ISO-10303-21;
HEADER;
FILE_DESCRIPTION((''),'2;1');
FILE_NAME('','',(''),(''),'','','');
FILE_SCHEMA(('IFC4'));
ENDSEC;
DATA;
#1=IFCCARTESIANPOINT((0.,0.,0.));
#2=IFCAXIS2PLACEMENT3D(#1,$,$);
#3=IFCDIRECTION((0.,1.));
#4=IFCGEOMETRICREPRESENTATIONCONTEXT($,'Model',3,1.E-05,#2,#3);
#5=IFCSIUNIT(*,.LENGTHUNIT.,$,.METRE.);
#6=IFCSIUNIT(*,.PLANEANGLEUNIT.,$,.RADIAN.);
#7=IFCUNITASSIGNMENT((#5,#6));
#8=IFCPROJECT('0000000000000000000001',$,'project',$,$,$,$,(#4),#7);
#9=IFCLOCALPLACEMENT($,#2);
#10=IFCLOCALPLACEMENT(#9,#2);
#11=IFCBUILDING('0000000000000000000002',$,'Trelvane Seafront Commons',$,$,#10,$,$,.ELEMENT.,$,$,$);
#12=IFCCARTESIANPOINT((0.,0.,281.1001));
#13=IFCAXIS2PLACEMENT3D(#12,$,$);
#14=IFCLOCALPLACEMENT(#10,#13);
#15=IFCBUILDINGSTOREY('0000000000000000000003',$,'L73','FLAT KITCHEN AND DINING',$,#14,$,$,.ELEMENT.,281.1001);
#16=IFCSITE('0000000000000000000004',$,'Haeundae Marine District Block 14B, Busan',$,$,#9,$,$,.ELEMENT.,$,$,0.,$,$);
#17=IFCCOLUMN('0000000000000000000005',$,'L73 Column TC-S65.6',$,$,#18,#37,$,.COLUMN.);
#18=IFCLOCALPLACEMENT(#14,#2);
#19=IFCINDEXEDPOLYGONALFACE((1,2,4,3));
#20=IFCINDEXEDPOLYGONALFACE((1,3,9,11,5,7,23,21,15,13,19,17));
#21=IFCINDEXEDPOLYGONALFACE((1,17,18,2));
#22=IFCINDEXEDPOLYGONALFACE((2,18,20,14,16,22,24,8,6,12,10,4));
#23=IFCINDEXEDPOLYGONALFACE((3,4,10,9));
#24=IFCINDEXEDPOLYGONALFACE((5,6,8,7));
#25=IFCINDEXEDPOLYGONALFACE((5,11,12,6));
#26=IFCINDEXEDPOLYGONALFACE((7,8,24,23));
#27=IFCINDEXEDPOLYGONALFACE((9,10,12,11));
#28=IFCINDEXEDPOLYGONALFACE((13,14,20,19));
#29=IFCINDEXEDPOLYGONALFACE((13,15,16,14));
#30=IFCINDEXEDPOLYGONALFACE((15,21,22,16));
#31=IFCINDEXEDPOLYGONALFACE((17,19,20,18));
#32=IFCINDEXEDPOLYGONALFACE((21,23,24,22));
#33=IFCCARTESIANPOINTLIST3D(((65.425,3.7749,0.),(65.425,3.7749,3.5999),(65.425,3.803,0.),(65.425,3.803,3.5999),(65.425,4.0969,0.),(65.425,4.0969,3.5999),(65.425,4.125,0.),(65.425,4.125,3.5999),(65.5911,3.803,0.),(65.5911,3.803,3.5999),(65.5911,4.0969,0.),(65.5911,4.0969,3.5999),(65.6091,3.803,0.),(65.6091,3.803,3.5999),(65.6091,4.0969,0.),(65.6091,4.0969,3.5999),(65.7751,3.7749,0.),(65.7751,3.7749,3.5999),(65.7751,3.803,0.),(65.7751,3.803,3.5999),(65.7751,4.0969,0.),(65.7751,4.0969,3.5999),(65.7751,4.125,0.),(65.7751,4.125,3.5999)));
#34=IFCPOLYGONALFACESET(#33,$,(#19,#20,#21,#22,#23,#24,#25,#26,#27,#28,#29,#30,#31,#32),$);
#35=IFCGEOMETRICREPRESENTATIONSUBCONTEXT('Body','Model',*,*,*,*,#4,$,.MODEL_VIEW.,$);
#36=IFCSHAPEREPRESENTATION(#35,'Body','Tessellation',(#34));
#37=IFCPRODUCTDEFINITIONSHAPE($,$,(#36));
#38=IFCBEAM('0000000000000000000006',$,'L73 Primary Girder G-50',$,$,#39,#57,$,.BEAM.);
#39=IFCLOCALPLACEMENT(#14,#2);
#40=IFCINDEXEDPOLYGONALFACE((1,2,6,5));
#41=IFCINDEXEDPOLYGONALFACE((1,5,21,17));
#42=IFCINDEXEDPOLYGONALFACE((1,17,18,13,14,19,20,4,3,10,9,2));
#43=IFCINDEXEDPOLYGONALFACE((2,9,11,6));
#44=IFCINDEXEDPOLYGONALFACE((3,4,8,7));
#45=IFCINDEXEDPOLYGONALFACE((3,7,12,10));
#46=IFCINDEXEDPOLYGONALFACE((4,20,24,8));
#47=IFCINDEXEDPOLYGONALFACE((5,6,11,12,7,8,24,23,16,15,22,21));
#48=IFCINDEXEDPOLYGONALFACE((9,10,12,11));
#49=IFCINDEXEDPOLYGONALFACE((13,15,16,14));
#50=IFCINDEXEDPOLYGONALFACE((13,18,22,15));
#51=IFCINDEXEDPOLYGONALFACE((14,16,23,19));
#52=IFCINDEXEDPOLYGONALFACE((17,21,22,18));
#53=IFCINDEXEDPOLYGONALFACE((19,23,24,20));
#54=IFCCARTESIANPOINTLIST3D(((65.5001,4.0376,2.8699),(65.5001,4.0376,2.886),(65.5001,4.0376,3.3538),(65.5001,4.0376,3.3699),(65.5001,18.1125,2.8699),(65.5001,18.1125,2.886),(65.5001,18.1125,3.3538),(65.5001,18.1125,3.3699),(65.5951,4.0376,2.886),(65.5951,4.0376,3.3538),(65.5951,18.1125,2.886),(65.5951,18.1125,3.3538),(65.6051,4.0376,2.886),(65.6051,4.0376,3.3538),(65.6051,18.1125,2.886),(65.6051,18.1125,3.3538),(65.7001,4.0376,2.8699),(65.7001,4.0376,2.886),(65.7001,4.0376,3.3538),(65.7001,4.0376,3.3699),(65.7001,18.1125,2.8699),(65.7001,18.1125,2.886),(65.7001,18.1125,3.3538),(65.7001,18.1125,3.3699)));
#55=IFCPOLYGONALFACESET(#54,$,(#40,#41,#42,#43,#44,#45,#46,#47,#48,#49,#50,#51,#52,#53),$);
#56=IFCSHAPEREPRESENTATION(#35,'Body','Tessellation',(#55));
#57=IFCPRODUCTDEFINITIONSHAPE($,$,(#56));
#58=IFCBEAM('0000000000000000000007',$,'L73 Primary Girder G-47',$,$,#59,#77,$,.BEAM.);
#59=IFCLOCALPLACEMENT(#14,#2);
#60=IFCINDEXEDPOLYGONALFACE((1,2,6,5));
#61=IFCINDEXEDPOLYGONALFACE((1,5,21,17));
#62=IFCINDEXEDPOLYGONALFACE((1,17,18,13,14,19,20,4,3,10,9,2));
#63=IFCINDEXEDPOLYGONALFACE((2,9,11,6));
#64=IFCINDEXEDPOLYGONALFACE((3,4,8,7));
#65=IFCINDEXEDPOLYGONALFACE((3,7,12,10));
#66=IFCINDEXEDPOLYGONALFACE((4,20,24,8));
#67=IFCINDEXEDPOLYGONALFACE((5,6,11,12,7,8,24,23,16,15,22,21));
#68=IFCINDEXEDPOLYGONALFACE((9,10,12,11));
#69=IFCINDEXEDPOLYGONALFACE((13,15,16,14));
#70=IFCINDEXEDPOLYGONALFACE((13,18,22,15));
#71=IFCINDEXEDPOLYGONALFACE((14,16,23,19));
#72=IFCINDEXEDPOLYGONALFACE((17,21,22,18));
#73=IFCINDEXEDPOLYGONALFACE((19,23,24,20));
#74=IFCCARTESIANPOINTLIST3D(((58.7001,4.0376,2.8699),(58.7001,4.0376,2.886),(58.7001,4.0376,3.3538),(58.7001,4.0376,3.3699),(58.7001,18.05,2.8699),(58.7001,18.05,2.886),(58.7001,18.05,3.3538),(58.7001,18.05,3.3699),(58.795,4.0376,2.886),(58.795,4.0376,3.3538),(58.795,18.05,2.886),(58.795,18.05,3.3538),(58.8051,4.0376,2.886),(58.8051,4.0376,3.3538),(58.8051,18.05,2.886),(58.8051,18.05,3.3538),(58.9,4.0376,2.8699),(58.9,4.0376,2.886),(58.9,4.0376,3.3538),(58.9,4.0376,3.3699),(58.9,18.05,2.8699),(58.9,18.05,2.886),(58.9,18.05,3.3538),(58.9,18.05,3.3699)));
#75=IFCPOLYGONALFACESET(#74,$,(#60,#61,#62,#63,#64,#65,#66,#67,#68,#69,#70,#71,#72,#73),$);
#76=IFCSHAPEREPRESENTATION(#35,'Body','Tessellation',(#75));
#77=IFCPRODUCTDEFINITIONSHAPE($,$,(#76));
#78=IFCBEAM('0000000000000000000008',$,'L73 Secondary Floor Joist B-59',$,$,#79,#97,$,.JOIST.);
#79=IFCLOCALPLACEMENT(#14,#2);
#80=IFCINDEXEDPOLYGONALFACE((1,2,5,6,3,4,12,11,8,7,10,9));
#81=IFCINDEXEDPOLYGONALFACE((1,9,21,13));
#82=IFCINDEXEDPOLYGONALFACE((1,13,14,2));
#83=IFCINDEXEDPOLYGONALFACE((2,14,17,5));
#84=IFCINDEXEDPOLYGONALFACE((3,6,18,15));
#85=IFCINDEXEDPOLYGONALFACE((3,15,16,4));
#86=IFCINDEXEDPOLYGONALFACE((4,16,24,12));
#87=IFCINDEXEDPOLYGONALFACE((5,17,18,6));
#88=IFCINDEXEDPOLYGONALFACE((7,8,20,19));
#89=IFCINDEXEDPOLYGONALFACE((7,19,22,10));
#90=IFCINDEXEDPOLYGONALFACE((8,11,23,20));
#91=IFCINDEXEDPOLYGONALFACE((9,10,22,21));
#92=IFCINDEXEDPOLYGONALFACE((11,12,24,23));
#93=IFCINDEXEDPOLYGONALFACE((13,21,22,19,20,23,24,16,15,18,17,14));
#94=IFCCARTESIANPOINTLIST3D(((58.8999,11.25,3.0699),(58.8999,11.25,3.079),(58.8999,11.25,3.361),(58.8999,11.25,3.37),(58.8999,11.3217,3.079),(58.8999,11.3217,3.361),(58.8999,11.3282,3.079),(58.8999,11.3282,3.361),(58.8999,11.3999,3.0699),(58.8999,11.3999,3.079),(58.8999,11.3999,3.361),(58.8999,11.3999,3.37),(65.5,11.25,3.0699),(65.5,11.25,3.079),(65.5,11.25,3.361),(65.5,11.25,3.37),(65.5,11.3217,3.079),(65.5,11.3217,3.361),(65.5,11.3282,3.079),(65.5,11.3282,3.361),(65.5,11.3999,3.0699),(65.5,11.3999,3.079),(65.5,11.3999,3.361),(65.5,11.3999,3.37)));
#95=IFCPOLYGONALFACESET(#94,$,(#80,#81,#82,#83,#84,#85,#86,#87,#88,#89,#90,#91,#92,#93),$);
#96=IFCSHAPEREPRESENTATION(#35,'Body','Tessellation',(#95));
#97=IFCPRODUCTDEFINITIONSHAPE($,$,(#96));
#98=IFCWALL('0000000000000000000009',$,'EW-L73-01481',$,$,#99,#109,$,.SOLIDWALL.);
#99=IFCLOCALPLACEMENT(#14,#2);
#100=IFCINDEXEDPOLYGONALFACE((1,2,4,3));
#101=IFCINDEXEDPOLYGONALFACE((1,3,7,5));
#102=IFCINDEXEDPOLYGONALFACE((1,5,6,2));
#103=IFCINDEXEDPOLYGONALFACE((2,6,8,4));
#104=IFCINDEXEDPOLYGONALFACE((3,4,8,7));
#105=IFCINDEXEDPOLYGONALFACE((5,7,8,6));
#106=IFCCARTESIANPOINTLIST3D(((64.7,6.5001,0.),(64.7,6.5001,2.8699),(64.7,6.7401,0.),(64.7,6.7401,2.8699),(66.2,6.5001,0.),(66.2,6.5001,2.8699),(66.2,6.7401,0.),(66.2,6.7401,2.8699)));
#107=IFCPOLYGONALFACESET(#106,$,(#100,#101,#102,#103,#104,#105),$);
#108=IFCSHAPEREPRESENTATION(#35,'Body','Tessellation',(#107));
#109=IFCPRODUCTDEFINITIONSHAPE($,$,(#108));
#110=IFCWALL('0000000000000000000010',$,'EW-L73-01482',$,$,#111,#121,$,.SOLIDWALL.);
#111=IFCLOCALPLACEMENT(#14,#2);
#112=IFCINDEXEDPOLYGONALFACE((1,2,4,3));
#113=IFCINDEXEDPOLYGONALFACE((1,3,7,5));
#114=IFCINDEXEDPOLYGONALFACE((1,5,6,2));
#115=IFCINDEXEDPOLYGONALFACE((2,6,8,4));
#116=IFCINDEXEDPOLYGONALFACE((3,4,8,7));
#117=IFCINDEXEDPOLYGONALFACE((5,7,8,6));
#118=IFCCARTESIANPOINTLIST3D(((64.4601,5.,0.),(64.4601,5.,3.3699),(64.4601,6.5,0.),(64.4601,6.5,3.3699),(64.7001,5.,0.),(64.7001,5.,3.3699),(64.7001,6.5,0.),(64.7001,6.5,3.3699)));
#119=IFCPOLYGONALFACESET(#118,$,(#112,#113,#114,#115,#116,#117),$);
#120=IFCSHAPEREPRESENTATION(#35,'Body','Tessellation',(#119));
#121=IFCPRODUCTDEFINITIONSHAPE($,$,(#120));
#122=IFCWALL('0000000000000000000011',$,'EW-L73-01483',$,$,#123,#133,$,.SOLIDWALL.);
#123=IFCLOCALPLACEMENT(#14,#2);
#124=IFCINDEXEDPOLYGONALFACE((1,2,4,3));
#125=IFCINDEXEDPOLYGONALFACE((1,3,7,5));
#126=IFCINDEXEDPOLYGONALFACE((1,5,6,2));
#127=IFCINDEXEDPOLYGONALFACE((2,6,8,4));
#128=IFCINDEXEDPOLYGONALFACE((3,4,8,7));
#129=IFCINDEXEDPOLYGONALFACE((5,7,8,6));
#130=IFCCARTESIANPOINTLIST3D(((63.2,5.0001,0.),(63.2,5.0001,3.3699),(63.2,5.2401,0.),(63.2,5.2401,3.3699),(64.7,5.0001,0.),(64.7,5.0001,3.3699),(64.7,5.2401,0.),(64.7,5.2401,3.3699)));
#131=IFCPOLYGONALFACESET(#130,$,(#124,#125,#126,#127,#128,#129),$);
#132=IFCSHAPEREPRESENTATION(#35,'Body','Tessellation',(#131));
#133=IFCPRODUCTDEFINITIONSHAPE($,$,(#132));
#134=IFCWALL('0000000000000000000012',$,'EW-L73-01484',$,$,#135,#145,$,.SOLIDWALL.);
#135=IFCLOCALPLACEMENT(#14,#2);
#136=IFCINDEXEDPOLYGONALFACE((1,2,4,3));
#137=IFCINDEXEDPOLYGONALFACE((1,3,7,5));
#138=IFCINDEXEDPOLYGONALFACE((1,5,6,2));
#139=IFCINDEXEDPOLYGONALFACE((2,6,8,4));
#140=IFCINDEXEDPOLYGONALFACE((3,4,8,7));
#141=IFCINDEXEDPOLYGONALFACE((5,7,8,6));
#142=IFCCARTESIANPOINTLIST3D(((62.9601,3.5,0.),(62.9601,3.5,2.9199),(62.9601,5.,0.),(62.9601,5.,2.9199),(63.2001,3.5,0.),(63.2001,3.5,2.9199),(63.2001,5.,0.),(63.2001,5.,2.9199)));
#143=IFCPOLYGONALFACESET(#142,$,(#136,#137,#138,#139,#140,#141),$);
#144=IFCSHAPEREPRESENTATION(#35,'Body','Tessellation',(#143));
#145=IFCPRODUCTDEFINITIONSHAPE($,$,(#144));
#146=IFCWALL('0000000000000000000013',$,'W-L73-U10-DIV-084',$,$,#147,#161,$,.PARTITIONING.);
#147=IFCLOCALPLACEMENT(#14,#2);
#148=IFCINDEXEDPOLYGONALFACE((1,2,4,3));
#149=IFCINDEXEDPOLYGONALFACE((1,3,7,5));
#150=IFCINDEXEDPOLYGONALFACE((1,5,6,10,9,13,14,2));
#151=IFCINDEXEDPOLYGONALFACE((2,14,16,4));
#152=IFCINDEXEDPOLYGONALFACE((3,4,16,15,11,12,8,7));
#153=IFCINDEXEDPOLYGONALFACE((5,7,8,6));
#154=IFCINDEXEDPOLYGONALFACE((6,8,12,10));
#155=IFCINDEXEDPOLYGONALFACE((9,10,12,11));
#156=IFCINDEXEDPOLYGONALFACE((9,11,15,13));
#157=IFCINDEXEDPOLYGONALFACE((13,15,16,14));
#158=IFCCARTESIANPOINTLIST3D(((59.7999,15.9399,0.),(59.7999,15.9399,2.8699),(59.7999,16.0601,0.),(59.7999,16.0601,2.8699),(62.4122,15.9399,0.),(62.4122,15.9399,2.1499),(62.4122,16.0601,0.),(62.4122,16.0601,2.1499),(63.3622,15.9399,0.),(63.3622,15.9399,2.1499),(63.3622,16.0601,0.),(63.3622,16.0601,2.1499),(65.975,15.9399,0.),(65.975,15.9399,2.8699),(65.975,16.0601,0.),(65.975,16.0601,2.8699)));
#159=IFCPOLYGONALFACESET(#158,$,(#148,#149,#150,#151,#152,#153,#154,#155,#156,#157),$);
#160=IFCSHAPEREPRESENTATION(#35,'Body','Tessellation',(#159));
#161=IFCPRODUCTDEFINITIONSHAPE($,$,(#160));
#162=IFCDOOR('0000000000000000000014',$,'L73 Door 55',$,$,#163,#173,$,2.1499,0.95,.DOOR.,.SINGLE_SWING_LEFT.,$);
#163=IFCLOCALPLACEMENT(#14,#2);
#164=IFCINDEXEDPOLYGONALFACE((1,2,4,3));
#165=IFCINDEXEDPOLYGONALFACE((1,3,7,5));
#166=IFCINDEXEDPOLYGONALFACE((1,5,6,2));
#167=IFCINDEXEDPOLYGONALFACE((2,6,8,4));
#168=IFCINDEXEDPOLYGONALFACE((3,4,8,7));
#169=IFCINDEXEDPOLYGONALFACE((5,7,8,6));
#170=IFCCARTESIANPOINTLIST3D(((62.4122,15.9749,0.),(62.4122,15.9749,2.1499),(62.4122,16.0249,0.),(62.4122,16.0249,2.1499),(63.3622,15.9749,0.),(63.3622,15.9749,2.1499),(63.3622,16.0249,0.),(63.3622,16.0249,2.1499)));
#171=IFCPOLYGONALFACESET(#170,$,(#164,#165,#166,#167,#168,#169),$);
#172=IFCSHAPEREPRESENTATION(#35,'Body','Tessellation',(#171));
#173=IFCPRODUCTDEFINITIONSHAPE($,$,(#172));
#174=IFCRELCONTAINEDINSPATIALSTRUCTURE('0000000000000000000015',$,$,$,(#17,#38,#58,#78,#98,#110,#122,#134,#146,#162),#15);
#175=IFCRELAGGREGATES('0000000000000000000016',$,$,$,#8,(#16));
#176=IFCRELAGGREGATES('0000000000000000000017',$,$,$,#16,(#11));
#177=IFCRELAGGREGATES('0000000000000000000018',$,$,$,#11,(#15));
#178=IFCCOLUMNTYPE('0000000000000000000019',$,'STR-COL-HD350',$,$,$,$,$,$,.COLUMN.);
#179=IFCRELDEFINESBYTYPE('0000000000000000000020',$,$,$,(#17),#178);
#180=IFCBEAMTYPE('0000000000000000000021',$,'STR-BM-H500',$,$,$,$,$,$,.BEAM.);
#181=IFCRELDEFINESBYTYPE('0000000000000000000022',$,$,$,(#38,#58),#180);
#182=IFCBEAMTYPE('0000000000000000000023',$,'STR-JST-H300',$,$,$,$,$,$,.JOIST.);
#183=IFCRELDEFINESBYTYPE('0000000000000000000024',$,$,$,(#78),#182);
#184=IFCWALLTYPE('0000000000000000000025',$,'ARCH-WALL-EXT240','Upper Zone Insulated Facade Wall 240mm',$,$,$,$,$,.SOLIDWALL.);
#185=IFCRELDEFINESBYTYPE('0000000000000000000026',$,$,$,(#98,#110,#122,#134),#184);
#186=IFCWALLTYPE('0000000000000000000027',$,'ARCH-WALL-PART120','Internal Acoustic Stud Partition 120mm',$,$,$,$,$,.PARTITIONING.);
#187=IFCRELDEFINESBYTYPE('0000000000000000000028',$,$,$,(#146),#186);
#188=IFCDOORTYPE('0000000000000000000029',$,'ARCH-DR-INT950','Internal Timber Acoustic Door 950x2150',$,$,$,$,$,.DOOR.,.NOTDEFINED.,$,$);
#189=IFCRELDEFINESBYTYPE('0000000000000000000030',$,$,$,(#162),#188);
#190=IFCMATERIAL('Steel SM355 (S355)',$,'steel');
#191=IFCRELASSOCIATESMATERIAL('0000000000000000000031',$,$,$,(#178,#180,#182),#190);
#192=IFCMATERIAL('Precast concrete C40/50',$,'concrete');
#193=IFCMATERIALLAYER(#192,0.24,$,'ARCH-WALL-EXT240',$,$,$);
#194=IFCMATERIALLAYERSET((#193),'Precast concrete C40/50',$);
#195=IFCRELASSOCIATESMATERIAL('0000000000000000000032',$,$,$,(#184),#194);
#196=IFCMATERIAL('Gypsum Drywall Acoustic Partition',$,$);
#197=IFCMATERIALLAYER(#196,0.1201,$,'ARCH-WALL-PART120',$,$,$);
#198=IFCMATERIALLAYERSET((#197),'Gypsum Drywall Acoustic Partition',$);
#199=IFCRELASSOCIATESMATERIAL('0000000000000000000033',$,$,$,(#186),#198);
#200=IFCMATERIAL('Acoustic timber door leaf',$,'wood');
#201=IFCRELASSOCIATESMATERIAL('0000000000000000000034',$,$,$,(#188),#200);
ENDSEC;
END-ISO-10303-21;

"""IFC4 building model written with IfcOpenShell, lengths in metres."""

from ifc_helpers import new_model, si_unit, direction, frame, frame_2d, origin, origin_2d, place, context, subcontext, project, spatial, rectangle, i_section, extrude, source, transform, mapped, material, layer, layer_set, material_profile, profile_set, type_object, element, fill, save


model = new_model("IFC4")

# Units and contexts
model_context = context("Model", 3, precision=1e-05, world=origin(), true_north=direction((0.0, 1.0)))
body_context = subcontext(model_context, "Body", "Model", "MODEL_VIEW")
ifc_project = project(units=[si_unit("LENGTHUNIT", "METRE"), si_unit("PLANEANGLEUNIT", "RADIAN")], contexts=[model_context])

# Site, building, storey
site_placement = place(None, origin())
site = spatial("IfcSite", under=ifc_project, at=site_placement, Name="Haeundae Marine District Block 14B, Busan", CompositionType="ELEMENT", RefElevation=0.0)
building_placement = place(site_placement, origin())
building = spatial("IfcBuilding", under=site, at=building_placement, Name="Trelvane Seafront Commons", CompositionType="ELEMENT")
storey_placement = place(building_placement, frame((0.0, 0.0, 281.1001)))
storey = spatial("IfcBuildingStorey", under=building, at=storey_placement, Name="L73", Description="FLAT KITCHEN AND DINING", CompositionType="ELEMENT", Elevation=281.1001)

# Column
ifc_material_1 = material(Name="Steel SM355 (S355)", Category="steel")
ifc_material_profile_1 = material_profile(ifc_material_1, i_section(OverallWidth=0.3501, OverallDepth=0.3501, WebThickness=0.0181, FlangeThickness=0.0281, at=origin_2d()), Name="HD-350x350x18x28")
ifc_profile_set_1 = profile_set([ifc_material_profile_1], Name="Steel SM355 (S355)")
column_type = type_object("IfcColumnType", Name="STR-COL-HD350", PredefinedType="COLUMN", material=ifc_profile_set_1)
shared_shape_1 = source(origin(), body_context, "Body", "SweptSolid", [
    extrude(i_section(OverallWidth=0.3501, OverallDepth=0.3501, WebThickness=0.0181, FlangeThickness=0.0281, at=origin_2d()), origin(), (0.0, 0.0, 1.0), 3.5999),
])
column_placement = place(storey_placement, frame((65.6001, 3.95, 0.0), z_axis=(0.0, 0.0, 1.0), x_axis=(1.0, 0.0, 0.0)))
element("IfcColumn", 1, at=column_placement, inside=storey, type_object=column_type, Name="L73 Column TC-S65.6", PredefinedType="COLUMN", context=body_context, shape_type="MappedRepresentation", body=[
    mapped(shared_shape_1, transform((0.0, 0.0, 0.0), x_axis=(1.0, 0.0, 0.0), y_axis=(0.0, 1.0, 0.0), z_axis=(0.0, 0.0, 1.0), scale=1.0)),
])

# Beams
ifc_material_profile_2 = material_profile(ifc_material_1, i_section(OverallWidth=0.2, OverallDepth=0.5, WebThickness=0.01, FlangeThickness=0.0161, at=origin_2d()), Name="H-500x200x10x16")
ifc_profile_set_2 = profile_set([ifc_material_profile_2], Name="Steel SM355 (S355)")
beam_type_1 = type_object("IfcBeamType", Name="STR-BM-H500", PredefinedType="BEAM", material=ifc_profile_set_2)
shared_shape_2 = source(origin(), body_context, "Body", "SweptSolid", [
    extrude(i_section(OverallWidth=0.2, OverallDepth=0.5, WebThickness=0.01, FlangeThickness=0.0161, at=origin_2d()), origin(), (0.0, 0.0, 1.0), 14.075),
])
beam_1_placement = place(storey_placement, frame((65.6001, 4.0376, 3.1199), z_axis=(0.0, 1.0, 0.0), x_axis=(-1.0, 0.0, 0.0)))
element("IfcBeam", 2, at=beam_1_placement, inside=storey, type_object=beam_type_1, Name="L73 Primary Girder G-50", PredefinedType="BEAM", context=body_context, shape_type="MappedRepresentation", body=[
    mapped(shared_shape_2, transform((0.0, 0.0, 0.0), x_axis=(1.0, 0.0, 0.0), y_axis=(0.0, 1.0, 0.0), z_axis=(0.0, 0.0, 1.0), scale=1.0)),
])
shared_shape_3 = source(origin(), body_context, "Body", "SweptSolid", [
    extrude(i_section(OverallWidth=0.2, OverallDepth=0.5, WebThickness=0.01, FlangeThickness=0.0161, at=origin_2d()), origin(), (0.0, 0.0, 1.0), 14.0125),
])
beam_2_placement = place(storey_placement, frame((58.8, 4.0376, 3.1199), z_axis=(0.0, 1.0, 0.0), x_axis=(-1.0, 0.0, 0.0)))
element("IfcBeam", 3, at=beam_2_placement, inside=storey, type_object=beam_type_1, Name="L73 Primary Girder G-47", PredefinedType="BEAM", context=body_context, shape_type="MappedRepresentation", body=[
    mapped(shared_shape_3, transform((0.0, 0.0, 0.0), x_axis=(1.0, 0.0, 0.0), y_axis=(0.0, 1.0, 0.0), z_axis=(0.0, 0.0, 1.0), scale=1.0)),
])
ifc_material_profile_3 = material_profile(ifc_material_1, i_section(OverallWidth=0.1499, OverallDepth=0.3, WebThickness=0.0066, FlangeThickness=0.009, at=origin_2d()), Name="H-300x150x6.5x9")
ifc_profile_set_3 = profile_set([ifc_material_profile_3], Name="Steel SM355 (S355)")
beam_type_2 = type_object("IfcBeamType", Name="STR-JST-H300", PredefinedType="JOIST", material=ifc_profile_set_3)
shared_shape_4 = source(origin(), body_context, "Body", "SweptSolid", [
    extrude(i_section(OverallWidth=0.1499, OverallDepth=0.3, WebThickness=0.0066, FlangeThickness=0.009, at=origin_2d()), origin(), (0.0, 0.0, 1.0), 6.6001),
])
beam_3_placement = place(storey_placement, frame((58.8999, 11.325, 3.22), z_axis=(1.0, 0.0, 0.0), x_axis=(0.0, 1.0, 0.0)))
element("IfcBeam", 4, at=beam_3_placement, inside=storey, type_object=beam_type_2, Name="L73 Secondary Floor Joist B-59", PredefinedType="JOIST", context=body_context, shape_type="MappedRepresentation", body=[
    mapped(shared_shape_4, transform((0.0, 0.0, 0.0), x_axis=(1.0, 0.0, 0.0), y_axis=(0.0, 1.0, 0.0), z_axis=(0.0, 0.0, 1.0), scale=1.0)),
])

# Walls
ifc_material_2 = material(Name="Precast concrete C40/50", Category="concrete")
ifc_layer_1 = layer(ifc_material_2, 0.24, Name="ARCH-WALL-EXT240")
ifc_layer_set_1 = layer_set([ifc_layer_1], Name="Precast concrete C40/50")
wall_type_1 = type_object("IfcWallType", Name="ARCH-WALL-EXT240", Description="Upper Zone Insulated Facade Wall 240mm", PredefinedType="SOLIDWALL", material=ifc_layer_set_1)
wall_1_placement = place(storey_placement, frame((66.2, 6.6201, 0.0), z_axis=(0.0, 0.0, 1.0), x_axis=(-1.0, 0.0, 0.0)))
element("IfcWall", 5, at=wall_1_placement, inside=storey, type_object=wall_type_1, Name="EW-L73-01481", PredefinedType="SOLIDWALL", context=body_context, shape_type="SweptSolid", body=[
    extrude(rectangle(XDim=1.5, YDim=0.24, at=frame_2d((0.75, 0.0))), origin(), (0.0, 0.0, 1.0), 2.8699),
])
for number, where, z_axis, x_axis, name in (
    (6, (64.5801, 6.5, 0.0), (0.0, 0.0, 1.0), (0.0, -1.0, 0.0), "EW-L73-01482"),
    (7, (64.7, 5.1201, 0.0), (0.0, 0.0, 1.0), (-1.0, 0.0, 0.0), "EW-L73-01483"),
):
    element("IfcWall", number, at=place(storey_placement, frame(where, z_axis=z_axis, x_axis=x_axis)), inside=storey, type_object=wall_type_1, Name=name, PredefinedType="SOLIDWALL", context=body_context, shape_type="SweptSolid", body=[
        extrude(rectangle(XDim=1.5, YDim=0.24, at=frame_2d((0.75, 0.0))), origin(), (0.0, 0.0, 1.0), 3.3699),
    ])
wall_2_placement = place(storey_placement, frame((63.0801, 5.0, 0.0), z_axis=(0.0, 0.0, 1.0), x_axis=(0.0, -1.0, 0.0)))
element("IfcWall", 8, at=wall_2_placement, inside=storey, type_object=wall_type_1, Name="EW-L73-01484", PredefinedType="SOLIDWALL", context=body_context, shape_type="SweptSolid", body=[
    extrude(rectangle(XDim=1.5, YDim=0.24, at=frame_2d((0.75, 0.0))), origin(), (0.0, 0.0, 1.0), 2.9199),
])

# Wall, opening, door
ifc_material_3 = material(Name="Gypsum Drywall Acoustic Partition")
ifc_layer_2 = layer(ifc_material_3, 0.1201, Name="ARCH-WALL-PART120")
ifc_layer_set_2 = layer_set([ifc_layer_2], Name="Gypsum Drywall Acoustic Partition")
wall_type_2 = type_object("IfcWallType", Name="ARCH-WALL-PART120", Description="Internal Acoustic Stud Partition 120mm", PredefinedType="PARTITIONING", material=ifc_layer_set_2)
ifc_material_4 = material(Name="Acoustic timber door leaf", Category="wood")
door_type = type_object("IfcDoorType", Name="ARCH-DR-INT950", Description="Internal Timber Acoustic Door 950x2150", OperationType="NOTDEFINED", PredefinedType="DOOR", material=ifc_material_4)
shared_shape_5 = source(origin(), body_context, "Body", "SweptSolid", [
    extrude(rectangle(XDim=0.95, YDim=2.1499, at=frame_2d((0.4751, 1.075))), frame((0.0, 0.0249, 0.0), z_axis=(0.0, -1.0, 0.0), x_axis=(1.0, 0.0, 0.0)), (0.0, 0.0, 1.0), 0.05),
])
wall_3_placement = place(storey_placement, frame((59.8, 16.0, 0.0), z_axis=(0.0, 0.0, 1.0), x_axis=(1.0, 0.0, 0.0)))
wall_3 = element("IfcWall", 9, at=wall_3_placement, inside=storey, type_object=wall_type_2, Name="W-L73-U10-DIV-084", PredefinedType="PARTITIONING", context=body_context, shape_type="SweptSolid", body=[
    extrude(rectangle(XDim=6.175, YDim=0.1201, at=frame_2d((3.0874, 0.0))), origin(), (0.0, 0.0, 1.0), 2.8699),
])
opening_1_placement = place(wall_3_placement, frame((2.6121, 0.0, 0.0)))
opening_1 = element("IfcOpeningElement", 10, at=opening_1_placement, cuts=wall_3, PredefinedType="OPENING", context=body_context, shape_type="SweptSolid", body=[
    extrude(rectangle(XDim=0.95, YDim=2.1499, at=frame_2d((0.4751, 1.075))), frame((0.0, 0.0701, 0.0), z_axis=(0.0, -1.0, 0.0), x_axis=(1.0, 0.0, 0.0)), (0.0, 0.0, 1.0), 0.1401),
])
door_1_placement = place(opening_1_placement, origin())
door_1 = element("IfcDoor", 11, at=door_1_placement, inside=storey, type_object=door_type, Name="L73 Door 55", OperationType="SINGLE_SWING_LEFT", OverallHeight=2.1499, OverallWidth=0.95, PredefinedType="DOOR", context=body_context, shape_type="MappedRepresentation", body=[
    mapped(shared_shape_5, transform((0.0, 0.0, 0.0), x_axis=(1.0, 0.0, 0.0), y_axis=(0.0, 1.0, 0.0), z_axis=(0.0, 0.0, 1.0), scale=1.0)),
])
fill(opening_1, door_1)

save(model, "model.ifc")
